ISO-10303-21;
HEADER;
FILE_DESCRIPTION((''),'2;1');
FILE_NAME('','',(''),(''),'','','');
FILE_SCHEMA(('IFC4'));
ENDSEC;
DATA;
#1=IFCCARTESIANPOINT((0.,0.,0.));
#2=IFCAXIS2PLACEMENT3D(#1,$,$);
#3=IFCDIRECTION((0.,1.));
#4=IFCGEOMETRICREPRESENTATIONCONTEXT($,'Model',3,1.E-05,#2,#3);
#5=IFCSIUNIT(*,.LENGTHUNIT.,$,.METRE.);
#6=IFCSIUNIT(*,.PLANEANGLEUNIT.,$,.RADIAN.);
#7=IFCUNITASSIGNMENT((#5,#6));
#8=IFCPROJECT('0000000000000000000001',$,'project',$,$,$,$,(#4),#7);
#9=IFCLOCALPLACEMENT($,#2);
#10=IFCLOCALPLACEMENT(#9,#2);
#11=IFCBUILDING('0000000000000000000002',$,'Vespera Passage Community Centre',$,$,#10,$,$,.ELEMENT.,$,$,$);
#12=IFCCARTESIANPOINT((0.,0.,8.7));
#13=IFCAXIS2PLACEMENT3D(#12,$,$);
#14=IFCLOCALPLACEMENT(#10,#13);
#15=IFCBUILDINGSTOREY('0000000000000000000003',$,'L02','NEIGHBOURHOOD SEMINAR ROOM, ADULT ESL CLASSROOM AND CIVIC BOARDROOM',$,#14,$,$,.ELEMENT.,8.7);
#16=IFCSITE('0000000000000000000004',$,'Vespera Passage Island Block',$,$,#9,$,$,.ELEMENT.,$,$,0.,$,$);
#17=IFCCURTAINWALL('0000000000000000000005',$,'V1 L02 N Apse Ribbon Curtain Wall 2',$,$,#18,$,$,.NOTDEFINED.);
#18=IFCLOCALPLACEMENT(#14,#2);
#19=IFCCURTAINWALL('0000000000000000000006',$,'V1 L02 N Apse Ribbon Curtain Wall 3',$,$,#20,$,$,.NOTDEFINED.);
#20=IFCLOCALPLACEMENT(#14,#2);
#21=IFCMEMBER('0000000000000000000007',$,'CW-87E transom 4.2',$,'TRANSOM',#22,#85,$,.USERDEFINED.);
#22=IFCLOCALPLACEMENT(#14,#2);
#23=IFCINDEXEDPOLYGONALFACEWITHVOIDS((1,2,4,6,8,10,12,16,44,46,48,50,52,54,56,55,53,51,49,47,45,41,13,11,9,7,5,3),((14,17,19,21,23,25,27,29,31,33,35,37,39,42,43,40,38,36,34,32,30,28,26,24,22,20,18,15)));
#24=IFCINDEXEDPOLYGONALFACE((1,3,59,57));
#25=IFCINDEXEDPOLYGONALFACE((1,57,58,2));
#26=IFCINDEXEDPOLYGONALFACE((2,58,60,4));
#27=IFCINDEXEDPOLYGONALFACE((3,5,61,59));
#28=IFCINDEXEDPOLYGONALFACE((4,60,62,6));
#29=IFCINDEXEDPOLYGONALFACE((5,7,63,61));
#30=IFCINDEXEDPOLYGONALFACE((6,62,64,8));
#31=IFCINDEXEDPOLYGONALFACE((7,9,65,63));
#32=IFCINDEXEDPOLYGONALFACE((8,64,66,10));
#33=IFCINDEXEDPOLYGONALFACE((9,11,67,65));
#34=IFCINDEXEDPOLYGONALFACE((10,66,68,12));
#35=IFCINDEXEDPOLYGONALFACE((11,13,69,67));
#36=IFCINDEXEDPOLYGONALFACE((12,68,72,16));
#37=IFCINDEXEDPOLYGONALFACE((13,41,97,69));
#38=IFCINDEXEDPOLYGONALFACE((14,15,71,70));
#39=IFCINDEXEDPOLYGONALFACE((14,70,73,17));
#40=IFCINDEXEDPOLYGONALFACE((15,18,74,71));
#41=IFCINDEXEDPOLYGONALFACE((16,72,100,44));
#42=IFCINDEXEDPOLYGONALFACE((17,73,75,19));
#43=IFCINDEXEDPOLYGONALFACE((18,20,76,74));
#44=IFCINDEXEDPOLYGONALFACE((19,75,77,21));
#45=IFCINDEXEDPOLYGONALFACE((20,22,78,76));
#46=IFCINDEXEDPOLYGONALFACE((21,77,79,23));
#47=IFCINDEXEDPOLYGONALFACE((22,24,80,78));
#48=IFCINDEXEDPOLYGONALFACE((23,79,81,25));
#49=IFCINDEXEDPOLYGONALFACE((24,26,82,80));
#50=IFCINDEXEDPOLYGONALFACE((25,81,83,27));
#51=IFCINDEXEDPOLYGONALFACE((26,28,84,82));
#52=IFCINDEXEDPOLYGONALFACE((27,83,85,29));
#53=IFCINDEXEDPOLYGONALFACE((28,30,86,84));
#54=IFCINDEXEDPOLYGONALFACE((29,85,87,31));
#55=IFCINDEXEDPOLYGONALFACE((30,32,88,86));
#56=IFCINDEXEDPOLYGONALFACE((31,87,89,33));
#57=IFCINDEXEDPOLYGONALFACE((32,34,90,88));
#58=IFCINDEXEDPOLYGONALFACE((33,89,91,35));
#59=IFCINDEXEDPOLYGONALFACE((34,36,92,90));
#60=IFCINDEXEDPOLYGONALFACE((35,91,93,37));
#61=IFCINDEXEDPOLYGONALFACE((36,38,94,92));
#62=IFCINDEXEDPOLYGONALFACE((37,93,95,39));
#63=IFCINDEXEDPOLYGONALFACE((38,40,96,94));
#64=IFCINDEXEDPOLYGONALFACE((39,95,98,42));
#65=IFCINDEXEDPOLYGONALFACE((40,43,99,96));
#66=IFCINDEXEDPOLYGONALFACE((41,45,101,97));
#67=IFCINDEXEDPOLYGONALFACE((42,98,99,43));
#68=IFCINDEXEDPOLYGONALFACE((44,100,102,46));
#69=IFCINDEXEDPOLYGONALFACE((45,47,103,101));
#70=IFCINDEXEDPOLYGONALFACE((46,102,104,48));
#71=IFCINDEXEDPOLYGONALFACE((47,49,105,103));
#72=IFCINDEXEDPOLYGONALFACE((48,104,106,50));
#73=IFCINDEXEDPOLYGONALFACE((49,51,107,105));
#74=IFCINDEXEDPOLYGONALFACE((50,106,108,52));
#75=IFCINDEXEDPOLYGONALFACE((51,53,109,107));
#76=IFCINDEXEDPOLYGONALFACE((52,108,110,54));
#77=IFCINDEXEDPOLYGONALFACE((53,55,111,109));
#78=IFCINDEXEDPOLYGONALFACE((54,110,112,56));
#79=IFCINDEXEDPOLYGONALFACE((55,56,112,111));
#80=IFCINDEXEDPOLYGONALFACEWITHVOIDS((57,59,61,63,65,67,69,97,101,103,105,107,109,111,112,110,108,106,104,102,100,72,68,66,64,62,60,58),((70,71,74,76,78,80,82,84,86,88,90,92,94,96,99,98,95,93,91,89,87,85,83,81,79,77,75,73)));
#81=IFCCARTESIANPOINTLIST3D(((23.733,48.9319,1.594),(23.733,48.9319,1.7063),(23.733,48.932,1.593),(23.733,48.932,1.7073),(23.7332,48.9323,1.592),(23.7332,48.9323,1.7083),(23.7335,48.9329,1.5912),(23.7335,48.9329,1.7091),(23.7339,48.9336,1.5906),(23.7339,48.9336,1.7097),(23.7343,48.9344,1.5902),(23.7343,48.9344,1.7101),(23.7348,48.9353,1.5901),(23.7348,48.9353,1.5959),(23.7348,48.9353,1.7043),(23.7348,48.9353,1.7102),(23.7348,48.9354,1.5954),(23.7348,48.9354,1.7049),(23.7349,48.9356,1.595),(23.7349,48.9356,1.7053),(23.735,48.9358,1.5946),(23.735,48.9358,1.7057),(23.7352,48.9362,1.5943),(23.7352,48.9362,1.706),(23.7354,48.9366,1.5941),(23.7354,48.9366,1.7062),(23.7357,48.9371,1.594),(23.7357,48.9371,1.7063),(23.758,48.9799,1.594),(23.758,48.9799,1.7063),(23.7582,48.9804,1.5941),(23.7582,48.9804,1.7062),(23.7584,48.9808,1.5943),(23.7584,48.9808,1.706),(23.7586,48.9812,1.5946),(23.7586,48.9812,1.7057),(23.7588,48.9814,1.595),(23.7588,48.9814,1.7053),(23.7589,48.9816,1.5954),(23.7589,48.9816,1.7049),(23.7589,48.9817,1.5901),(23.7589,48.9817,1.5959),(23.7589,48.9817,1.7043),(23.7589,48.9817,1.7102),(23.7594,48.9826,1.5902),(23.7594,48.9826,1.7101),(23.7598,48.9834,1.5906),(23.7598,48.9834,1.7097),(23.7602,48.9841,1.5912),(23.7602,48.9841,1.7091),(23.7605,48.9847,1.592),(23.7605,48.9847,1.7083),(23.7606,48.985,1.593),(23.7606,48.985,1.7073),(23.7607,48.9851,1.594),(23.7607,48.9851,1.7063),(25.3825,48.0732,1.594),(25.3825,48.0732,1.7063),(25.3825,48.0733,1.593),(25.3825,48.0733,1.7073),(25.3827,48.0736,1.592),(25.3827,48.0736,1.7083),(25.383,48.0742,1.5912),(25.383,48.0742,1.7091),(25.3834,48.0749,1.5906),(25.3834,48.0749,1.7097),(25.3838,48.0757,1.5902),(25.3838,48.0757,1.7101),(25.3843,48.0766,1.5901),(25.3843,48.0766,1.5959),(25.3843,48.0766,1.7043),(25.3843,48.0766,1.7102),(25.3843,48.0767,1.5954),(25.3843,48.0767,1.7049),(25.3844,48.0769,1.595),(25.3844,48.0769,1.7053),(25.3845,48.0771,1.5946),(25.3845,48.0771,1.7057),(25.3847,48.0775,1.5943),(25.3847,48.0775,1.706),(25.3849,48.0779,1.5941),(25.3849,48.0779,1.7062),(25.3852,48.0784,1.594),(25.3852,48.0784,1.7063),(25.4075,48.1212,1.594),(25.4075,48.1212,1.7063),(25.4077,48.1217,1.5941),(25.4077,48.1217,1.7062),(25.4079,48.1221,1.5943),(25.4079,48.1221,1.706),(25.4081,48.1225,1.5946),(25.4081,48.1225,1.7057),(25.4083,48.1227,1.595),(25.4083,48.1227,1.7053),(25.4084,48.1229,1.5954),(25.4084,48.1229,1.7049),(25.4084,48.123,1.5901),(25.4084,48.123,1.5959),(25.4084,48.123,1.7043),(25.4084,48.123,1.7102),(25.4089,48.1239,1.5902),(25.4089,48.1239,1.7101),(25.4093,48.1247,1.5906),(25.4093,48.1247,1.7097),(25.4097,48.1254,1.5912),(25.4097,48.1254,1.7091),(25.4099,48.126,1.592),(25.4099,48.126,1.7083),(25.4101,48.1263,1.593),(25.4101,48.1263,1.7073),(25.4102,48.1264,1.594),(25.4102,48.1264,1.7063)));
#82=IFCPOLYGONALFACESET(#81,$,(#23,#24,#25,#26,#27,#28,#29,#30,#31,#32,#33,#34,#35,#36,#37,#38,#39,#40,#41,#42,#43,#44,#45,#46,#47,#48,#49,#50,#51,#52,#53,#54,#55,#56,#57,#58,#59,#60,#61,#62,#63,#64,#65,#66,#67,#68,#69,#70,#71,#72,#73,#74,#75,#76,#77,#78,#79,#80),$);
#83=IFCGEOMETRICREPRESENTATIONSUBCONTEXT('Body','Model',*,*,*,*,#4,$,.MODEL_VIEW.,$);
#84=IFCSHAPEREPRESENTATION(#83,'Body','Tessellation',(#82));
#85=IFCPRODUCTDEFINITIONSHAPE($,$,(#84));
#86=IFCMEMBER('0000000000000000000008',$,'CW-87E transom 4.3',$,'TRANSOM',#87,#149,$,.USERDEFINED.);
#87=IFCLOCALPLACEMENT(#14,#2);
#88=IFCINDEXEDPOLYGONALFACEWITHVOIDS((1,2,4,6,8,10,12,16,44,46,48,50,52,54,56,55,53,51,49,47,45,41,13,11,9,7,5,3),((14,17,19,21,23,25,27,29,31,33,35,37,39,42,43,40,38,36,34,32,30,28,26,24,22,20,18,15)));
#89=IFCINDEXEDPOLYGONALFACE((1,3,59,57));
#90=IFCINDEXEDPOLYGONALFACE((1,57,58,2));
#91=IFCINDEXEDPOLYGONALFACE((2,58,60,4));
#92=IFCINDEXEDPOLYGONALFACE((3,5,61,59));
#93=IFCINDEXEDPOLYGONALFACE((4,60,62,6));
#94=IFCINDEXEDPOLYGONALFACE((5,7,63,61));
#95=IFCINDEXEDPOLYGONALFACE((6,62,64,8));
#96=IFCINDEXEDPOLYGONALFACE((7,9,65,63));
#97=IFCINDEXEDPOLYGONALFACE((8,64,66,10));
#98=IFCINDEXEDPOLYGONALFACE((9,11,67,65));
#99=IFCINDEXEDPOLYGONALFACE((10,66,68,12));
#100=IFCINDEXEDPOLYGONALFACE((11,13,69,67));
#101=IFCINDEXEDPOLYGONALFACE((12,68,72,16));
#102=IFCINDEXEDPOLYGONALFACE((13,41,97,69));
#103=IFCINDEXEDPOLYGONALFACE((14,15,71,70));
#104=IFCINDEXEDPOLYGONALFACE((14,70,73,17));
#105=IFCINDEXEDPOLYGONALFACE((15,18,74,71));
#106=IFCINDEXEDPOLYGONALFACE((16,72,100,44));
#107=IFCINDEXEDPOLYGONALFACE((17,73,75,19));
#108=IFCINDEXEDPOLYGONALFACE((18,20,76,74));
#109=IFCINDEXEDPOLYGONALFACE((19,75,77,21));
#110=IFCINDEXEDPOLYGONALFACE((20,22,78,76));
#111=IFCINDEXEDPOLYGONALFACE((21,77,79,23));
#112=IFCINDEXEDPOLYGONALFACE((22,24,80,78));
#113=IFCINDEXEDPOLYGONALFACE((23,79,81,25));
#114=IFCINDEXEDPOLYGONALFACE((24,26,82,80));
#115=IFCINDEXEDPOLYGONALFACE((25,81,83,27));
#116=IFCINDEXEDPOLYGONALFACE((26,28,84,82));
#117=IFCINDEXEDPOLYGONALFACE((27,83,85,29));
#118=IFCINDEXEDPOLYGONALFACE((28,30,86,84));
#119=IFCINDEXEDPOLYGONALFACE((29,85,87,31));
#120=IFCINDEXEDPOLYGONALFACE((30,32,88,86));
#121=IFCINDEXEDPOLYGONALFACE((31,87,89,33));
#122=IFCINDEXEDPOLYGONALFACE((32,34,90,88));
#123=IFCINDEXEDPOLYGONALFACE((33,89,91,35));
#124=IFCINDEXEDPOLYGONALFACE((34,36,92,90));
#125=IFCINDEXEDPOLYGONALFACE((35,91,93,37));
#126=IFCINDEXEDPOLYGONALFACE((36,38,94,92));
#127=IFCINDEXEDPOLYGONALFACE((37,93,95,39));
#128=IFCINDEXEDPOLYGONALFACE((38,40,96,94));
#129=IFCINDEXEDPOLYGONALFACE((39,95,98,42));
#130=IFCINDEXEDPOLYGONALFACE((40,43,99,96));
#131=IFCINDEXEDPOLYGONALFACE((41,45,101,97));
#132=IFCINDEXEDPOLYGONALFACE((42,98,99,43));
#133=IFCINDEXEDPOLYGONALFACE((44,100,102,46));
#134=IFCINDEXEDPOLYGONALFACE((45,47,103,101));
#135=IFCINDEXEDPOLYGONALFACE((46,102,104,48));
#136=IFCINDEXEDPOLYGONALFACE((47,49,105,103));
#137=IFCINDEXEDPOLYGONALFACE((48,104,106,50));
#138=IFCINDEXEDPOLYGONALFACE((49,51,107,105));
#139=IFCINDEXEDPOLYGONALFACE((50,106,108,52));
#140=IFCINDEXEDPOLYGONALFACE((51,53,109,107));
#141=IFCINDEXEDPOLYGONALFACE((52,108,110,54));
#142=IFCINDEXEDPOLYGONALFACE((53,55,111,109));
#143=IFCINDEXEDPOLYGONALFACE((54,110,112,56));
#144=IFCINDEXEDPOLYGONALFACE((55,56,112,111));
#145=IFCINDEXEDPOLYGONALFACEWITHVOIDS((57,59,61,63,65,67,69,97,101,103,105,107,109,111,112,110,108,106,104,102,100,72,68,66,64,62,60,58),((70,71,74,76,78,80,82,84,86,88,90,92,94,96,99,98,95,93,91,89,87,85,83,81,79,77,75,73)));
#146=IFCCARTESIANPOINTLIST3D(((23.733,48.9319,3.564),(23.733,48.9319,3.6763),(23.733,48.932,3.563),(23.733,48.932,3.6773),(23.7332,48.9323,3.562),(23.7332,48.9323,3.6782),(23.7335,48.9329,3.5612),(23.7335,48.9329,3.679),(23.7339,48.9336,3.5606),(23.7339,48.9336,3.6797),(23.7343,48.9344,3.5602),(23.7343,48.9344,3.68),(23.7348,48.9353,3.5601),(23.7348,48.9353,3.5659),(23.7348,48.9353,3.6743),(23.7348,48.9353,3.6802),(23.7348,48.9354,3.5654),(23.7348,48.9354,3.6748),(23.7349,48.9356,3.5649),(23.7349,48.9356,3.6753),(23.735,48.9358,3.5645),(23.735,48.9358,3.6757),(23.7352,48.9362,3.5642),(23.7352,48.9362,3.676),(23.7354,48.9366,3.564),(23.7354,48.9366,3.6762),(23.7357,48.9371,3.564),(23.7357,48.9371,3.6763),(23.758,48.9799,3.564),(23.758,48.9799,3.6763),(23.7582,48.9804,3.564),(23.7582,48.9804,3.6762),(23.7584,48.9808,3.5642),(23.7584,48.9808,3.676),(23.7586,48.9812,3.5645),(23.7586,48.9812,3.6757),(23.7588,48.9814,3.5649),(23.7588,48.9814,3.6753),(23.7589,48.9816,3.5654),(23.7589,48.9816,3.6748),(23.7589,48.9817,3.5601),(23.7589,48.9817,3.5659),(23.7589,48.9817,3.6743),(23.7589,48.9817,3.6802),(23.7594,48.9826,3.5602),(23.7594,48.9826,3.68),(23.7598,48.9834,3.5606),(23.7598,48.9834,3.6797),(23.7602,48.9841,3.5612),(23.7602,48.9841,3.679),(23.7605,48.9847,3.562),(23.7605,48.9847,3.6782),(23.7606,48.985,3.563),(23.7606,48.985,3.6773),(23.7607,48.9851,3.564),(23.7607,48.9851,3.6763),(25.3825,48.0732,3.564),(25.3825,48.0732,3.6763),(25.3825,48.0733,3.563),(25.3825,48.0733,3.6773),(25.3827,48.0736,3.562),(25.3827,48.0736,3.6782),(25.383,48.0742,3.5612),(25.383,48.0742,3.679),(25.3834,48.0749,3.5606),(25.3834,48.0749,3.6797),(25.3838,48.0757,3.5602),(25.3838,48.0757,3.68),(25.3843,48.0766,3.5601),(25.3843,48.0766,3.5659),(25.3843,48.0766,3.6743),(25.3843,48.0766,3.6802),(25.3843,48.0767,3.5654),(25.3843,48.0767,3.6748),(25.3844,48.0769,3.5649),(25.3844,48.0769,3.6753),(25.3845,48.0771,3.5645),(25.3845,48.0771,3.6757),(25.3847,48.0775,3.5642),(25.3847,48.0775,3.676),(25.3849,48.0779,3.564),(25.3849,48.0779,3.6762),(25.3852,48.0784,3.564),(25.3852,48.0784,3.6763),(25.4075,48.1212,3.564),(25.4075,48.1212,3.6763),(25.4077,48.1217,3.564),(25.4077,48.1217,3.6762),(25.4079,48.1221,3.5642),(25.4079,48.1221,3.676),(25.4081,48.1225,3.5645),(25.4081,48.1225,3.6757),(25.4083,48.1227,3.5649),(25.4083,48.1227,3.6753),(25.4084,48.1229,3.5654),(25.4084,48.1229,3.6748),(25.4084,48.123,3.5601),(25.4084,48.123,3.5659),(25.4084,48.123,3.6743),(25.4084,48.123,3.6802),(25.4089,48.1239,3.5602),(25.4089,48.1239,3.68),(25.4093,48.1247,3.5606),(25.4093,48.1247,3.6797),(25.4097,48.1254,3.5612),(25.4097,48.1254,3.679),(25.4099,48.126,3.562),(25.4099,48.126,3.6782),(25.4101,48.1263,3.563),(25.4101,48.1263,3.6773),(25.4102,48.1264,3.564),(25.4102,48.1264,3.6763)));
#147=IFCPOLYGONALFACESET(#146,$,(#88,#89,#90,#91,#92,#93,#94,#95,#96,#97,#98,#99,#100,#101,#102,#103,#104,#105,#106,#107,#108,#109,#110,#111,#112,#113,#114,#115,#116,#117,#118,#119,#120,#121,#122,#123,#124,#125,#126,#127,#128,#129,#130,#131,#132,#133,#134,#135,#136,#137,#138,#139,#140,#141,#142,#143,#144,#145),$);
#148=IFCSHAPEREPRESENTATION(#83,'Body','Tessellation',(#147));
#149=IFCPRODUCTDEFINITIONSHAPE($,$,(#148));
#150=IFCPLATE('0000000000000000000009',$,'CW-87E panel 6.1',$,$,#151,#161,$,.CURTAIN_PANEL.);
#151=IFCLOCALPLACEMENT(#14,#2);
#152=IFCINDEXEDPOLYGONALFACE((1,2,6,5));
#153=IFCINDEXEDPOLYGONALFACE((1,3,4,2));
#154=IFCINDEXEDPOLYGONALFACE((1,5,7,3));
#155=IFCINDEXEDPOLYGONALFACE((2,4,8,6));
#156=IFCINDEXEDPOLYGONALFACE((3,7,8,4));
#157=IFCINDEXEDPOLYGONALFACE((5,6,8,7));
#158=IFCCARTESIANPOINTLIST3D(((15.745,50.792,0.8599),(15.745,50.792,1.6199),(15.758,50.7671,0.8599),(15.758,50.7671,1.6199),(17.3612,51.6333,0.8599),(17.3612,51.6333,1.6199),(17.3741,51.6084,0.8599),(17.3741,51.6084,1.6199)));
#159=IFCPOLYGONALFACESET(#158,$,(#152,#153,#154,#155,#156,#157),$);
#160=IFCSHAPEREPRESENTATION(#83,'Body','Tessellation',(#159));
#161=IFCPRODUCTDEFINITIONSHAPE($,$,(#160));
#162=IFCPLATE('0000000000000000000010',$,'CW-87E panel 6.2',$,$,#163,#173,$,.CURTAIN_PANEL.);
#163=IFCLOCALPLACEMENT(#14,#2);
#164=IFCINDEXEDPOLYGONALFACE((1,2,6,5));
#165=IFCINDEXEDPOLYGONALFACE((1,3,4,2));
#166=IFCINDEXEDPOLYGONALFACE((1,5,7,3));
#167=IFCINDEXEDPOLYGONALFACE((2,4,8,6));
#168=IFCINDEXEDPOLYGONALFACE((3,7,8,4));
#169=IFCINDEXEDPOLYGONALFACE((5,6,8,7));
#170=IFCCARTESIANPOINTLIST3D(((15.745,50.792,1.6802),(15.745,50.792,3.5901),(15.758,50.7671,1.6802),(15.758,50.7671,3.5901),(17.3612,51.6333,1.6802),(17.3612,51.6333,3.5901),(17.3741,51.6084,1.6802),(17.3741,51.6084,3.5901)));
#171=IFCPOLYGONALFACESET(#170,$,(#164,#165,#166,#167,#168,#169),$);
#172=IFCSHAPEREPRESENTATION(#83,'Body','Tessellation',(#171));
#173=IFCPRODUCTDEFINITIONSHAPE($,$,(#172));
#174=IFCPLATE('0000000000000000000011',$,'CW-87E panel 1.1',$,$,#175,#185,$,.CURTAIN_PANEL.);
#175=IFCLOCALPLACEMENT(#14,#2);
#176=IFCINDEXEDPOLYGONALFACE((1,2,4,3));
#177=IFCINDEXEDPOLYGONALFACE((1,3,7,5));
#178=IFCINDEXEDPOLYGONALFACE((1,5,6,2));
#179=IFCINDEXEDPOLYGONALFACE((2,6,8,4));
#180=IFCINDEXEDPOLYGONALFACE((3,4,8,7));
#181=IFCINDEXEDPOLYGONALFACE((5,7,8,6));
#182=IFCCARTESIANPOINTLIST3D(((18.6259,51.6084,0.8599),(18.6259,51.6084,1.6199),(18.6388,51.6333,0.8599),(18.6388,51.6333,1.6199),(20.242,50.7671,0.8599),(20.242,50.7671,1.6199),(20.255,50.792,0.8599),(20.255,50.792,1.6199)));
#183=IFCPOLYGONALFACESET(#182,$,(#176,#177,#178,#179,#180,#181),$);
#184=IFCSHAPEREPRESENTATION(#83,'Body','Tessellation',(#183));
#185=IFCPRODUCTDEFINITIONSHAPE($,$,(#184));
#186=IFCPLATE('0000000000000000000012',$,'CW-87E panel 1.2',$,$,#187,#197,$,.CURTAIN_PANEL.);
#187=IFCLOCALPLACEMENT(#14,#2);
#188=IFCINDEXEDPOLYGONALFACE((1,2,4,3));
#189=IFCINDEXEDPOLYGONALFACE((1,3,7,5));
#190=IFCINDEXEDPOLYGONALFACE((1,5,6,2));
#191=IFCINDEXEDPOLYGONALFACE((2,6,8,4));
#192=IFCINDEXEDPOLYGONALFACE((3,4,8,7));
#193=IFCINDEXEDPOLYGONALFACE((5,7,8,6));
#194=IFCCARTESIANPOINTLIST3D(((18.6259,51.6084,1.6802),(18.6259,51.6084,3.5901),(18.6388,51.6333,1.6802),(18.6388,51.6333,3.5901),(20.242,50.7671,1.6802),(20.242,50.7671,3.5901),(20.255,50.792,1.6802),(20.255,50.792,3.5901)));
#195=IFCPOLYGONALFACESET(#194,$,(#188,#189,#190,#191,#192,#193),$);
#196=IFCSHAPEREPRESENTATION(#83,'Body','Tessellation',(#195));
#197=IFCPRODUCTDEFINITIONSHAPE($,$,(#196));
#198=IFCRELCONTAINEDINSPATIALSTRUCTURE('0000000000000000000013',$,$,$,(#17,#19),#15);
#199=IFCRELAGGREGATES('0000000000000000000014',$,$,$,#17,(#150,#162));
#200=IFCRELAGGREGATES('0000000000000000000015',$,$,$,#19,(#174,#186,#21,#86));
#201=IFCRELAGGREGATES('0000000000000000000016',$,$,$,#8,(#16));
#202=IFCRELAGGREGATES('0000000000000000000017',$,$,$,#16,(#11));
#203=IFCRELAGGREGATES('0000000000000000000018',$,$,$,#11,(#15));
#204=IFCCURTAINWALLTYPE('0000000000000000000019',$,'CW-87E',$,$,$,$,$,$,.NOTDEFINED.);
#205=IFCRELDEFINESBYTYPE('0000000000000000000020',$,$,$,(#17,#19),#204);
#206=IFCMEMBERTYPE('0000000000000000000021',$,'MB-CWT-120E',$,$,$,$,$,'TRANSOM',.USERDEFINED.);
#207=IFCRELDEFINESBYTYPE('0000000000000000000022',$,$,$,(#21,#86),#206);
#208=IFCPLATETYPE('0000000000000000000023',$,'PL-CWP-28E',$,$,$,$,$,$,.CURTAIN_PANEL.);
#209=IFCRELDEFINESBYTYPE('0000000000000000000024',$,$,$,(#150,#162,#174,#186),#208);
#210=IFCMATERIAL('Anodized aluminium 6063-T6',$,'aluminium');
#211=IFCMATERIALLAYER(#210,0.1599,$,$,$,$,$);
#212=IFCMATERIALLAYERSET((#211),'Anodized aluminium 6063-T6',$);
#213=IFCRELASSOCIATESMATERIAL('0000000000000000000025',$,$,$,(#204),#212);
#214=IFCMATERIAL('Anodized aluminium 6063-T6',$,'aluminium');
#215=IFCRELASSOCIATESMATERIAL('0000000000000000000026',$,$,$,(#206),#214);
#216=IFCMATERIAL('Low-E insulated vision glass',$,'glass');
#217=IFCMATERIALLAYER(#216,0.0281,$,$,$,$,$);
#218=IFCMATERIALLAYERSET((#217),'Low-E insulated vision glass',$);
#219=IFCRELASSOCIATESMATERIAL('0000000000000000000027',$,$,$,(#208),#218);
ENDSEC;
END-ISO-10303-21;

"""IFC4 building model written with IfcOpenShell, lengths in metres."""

from ifc_helpers import new_model, si_unit, direction, frame, origin, origin_2d, place, context, subcontext, project, spatial, rectangle, hollow_rectangle, extrude, material, layer, layer_set, material_profile, profile_set, type_object, element, aggregate, save


model = new_model("IFC4")

# Units and contexts
model_context = context("Model", 3, precision=1e-05, world=origin(), true_north=direction((0.0, 1.0)))
body_context = subcontext(model_context, "Body", "Model", "MODEL_VIEW")
ifc_project = project(units=[si_unit("LENGTHUNIT", "METRE"), si_unit("PLANEANGLEUNIT", "RADIAN")], contexts=[model_context])

# Site, building, storey
site_placement = place(None, origin())
site = spatial("IfcSite", under=ifc_project, at=site_placement, Name="Vespera Passage Island Block", CompositionType="ELEMENT", RefElevation=0.0)
building_placement = place(site_placement, origin())
building = spatial("IfcBuilding", under=site, at=building_placement, Name="Vespera Passage Community Centre", CompositionType="ELEMENT")
storey_placement = place(building_placement, frame((0.0, 0.0, 8.7)))
storey = spatial("IfcBuildingStorey", under=building, at=storey_placement, Name="L02", Description="NEIGHBOURHOOD SEMINAR ROOM, ADULT ESL CLASSROOM AND CIVIC BOARDROOM", CompositionType="ELEMENT", Elevation=8.7)

# Curtain wall
ifc_material_1 = material(Name="Anodized aluminium 6063-T6", Category="aluminium")
ifc_layer_1 = layer(ifc_material_1, 0.1599)
ifc_layer_set_1 = layer_set([ifc_layer_1], Name="Anodized aluminium 6063-T6")
curtain_wall_type = type_object("IfcCurtainWallType", Name="CW-87E", PredefinedType="NOTDEFINED", material=ifc_layer_set_1)
curtain_wall_1_placement = place(storey_placement, origin())
curtain_wall_1 = element("IfcCurtainWall", 1, at=curtain_wall_1_placement, inside=storey, type_object=curtain_wall_type, Name="V1 L02 N Apse Ribbon Curtain Wall 2", PredefinedType="NOTDEFINED")

# Curtain wall
curtain_wall_2_placement = place(storey_placement, origin())
curtain_wall_2 = element("IfcCurtainWall", 2, at=curtain_wall_2_placement, inside=storey, type_object=curtain_wall_type, Name="V1 L02 N Apse Ribbon Curtain Wall 3", PredefinedType="NOTDEFINED")

# Members
ifc_material_2 = material(Name="Anodized aluminium 6063-T6", Category="aluminium")
ifc_material_profile_1 = material_profile(ifc_material_2, hollow_rectangle(XDim=0.0601, YDim=0.1201, WallThickness=0.0039, InnerFilletRadius=0.002, OuterFilletRadius=0.0039, at=origin_2d()), Name="ALU120X60X4")
ifc_profile_set_1 = profile_set([ifc_material_profile_1], Name="Anodized aluminium 6063-T6")
member_type_1 = type_object("IfcMemberType", Name="MB-CWT-120E", ElementType="TRANSOM", PredefinedType="USERDEFINED", material=ifc_profile_set_1)
member_1_placement = place(storey_placement, frame((23.7468, 48.9585, 1.6501), z_axis=(0.887008, -0.461754, 0.0), x_axis=(0.461754, 0.887008, 0.0)))
member_1 = element("IfcMember", 3, at=member_1_placement, type_object=member_type_1, Name="CW-87E transom 4.2", ObjectType="TRANSOM", PredefinedType="USERDEFINED", context=body_context, shape_type="SweptSolid", body=[
    extrude(hollow_rectangle(XDim=0.0601, YDim=0.1201, WallThickness=0.0039, InnerFilletRadius=0.002, OuterFilletRadius=0.0039, at=origin_2d()), origin(), (0.0, 0.0, 1.0), 1.8596),
])
member_2_placement = place(storey_placement, frame((23.7468, 48.9585, 3.6201), z_axis=(0.887008, -0.461754, 0.0), x_axis=(0.461754, 0.887008, 0.0)))
member_2 = element("IfcMember", 4, at=member_2_placement, type_object=member_type_1, Name="CW-87E transom 4.3", ObjectType="TRANSOM", PredefinedType="USERDEFINED", context=body_context, shape_type="SweptSolid", body=[
    extrude(hollow_rectangle(XDim=0.0601, YDim=0.1201, WallThickness=0.0039, InnerFilletRadius=0.002, OuterFilletRadius=0.0039, at=origin_2d()), origin(), (0.0, 0.0, 1.0), 1.8596),
])

# Plates
ifc_material_3 = material(Name="Low-E insulated vision glass", Category="glass")
ifc_layer_2 = layer(ifc_material_3, 0.0281)
ifc_layer_set_2 = layer_set([ifc_layer_2], Name="Low-E insulated vision glass")
plate_type = type_object("IfcPlateType", Name="PL-CWP-28E", PredefinedType="CURTAIN_PANEL", material=ifc_layer_set_2)
plate_1_placement = place(storey_placement, frame((16.5596, 51.2002, 0.8599), z_axis=(0.0, 0.0, 1.0), x_axis=(0.887013, 0.461745, 0.0)))
plate_1 = element("IfcPlate", 5, at=plate_1_placement, type_object=plate_type, Name="CW-87E panel 6.1", PredefinedType="CURTAIN_PANEL", context=body_context, shape_type="SweptSolid", body=[
    extrude(rectangle(XDim=1.822, YDim=0.0281, at=origin_2d()), origin(), (0.0, 0.0, 1.0), 0.76),
])
plate_2_placement = place(storey_placement, frame((16.5596, 51.2002, 1.6802), z_axis=(0.0, 0.0, 1.0), x_axis=(0.887013, 0.461745, 0.0)))
plate_2 = element("IfcPlate", 6, at=plate_2_placement, type_object=plate_type, Name="CW-87E panel 6.2", PredefinedType="CURTAIN_PANEL", context=body_context, shape_type="SweptSolid", body=[
    extrude(rectangle(XDim=1.822, YDim=0.0281, at=origin_2d()), origin(), (0.0, 0.0, 1.0), 1.9099),
])
aggregate(curtain_wall_1, [plate_1, plate_2])
plate_3_placement = place(storey_placement, frame((19.4404, 51.2002, 0.8599), z_axis=(0.0, 0.0, 1.0), x_axis=(0.887013, -0.461745, 0.0)))
plate_3 = element("IfcPlate", 7, at=plate_3_placement, type_object=plate_type, Name="CW-87E panel 1.1", PredefinedType="CURTAIN_PANEL", context=body_context, shape_type="SweptSolid", body=[
    extrude(rectangle(XDim=1.822, YDim=0.0281, at=origin_2d()), origin(), (0.0, 0.0, 1.0), 0.76),
])
plate_4_placement = place(storey_placement, frame((19.4404, 51.2002, 1.6802), z_axis=(0.0, 0.0, 1.0), x_axis=(0.887013, -0.461745, 0.0)))
plate_4 = element("IfcPlate", 8, at=plate_4_placement, type_object=plate_type, Name="CW-87E panel 1.2", PredefinedType="CURTAIN_PANEL", context=body_context, shape_type="SweptSolid", body=[
    extrude(rectangle(XDim=1.822, YDim=0.0281, at=origin_2d()), origin(), (0.0, 0.0, 1.0), 1.9099),
])
aggregate(curtain_wall_2, [plate_3, plate_4, member_1, member_2])

save(model, "model.ifc")
